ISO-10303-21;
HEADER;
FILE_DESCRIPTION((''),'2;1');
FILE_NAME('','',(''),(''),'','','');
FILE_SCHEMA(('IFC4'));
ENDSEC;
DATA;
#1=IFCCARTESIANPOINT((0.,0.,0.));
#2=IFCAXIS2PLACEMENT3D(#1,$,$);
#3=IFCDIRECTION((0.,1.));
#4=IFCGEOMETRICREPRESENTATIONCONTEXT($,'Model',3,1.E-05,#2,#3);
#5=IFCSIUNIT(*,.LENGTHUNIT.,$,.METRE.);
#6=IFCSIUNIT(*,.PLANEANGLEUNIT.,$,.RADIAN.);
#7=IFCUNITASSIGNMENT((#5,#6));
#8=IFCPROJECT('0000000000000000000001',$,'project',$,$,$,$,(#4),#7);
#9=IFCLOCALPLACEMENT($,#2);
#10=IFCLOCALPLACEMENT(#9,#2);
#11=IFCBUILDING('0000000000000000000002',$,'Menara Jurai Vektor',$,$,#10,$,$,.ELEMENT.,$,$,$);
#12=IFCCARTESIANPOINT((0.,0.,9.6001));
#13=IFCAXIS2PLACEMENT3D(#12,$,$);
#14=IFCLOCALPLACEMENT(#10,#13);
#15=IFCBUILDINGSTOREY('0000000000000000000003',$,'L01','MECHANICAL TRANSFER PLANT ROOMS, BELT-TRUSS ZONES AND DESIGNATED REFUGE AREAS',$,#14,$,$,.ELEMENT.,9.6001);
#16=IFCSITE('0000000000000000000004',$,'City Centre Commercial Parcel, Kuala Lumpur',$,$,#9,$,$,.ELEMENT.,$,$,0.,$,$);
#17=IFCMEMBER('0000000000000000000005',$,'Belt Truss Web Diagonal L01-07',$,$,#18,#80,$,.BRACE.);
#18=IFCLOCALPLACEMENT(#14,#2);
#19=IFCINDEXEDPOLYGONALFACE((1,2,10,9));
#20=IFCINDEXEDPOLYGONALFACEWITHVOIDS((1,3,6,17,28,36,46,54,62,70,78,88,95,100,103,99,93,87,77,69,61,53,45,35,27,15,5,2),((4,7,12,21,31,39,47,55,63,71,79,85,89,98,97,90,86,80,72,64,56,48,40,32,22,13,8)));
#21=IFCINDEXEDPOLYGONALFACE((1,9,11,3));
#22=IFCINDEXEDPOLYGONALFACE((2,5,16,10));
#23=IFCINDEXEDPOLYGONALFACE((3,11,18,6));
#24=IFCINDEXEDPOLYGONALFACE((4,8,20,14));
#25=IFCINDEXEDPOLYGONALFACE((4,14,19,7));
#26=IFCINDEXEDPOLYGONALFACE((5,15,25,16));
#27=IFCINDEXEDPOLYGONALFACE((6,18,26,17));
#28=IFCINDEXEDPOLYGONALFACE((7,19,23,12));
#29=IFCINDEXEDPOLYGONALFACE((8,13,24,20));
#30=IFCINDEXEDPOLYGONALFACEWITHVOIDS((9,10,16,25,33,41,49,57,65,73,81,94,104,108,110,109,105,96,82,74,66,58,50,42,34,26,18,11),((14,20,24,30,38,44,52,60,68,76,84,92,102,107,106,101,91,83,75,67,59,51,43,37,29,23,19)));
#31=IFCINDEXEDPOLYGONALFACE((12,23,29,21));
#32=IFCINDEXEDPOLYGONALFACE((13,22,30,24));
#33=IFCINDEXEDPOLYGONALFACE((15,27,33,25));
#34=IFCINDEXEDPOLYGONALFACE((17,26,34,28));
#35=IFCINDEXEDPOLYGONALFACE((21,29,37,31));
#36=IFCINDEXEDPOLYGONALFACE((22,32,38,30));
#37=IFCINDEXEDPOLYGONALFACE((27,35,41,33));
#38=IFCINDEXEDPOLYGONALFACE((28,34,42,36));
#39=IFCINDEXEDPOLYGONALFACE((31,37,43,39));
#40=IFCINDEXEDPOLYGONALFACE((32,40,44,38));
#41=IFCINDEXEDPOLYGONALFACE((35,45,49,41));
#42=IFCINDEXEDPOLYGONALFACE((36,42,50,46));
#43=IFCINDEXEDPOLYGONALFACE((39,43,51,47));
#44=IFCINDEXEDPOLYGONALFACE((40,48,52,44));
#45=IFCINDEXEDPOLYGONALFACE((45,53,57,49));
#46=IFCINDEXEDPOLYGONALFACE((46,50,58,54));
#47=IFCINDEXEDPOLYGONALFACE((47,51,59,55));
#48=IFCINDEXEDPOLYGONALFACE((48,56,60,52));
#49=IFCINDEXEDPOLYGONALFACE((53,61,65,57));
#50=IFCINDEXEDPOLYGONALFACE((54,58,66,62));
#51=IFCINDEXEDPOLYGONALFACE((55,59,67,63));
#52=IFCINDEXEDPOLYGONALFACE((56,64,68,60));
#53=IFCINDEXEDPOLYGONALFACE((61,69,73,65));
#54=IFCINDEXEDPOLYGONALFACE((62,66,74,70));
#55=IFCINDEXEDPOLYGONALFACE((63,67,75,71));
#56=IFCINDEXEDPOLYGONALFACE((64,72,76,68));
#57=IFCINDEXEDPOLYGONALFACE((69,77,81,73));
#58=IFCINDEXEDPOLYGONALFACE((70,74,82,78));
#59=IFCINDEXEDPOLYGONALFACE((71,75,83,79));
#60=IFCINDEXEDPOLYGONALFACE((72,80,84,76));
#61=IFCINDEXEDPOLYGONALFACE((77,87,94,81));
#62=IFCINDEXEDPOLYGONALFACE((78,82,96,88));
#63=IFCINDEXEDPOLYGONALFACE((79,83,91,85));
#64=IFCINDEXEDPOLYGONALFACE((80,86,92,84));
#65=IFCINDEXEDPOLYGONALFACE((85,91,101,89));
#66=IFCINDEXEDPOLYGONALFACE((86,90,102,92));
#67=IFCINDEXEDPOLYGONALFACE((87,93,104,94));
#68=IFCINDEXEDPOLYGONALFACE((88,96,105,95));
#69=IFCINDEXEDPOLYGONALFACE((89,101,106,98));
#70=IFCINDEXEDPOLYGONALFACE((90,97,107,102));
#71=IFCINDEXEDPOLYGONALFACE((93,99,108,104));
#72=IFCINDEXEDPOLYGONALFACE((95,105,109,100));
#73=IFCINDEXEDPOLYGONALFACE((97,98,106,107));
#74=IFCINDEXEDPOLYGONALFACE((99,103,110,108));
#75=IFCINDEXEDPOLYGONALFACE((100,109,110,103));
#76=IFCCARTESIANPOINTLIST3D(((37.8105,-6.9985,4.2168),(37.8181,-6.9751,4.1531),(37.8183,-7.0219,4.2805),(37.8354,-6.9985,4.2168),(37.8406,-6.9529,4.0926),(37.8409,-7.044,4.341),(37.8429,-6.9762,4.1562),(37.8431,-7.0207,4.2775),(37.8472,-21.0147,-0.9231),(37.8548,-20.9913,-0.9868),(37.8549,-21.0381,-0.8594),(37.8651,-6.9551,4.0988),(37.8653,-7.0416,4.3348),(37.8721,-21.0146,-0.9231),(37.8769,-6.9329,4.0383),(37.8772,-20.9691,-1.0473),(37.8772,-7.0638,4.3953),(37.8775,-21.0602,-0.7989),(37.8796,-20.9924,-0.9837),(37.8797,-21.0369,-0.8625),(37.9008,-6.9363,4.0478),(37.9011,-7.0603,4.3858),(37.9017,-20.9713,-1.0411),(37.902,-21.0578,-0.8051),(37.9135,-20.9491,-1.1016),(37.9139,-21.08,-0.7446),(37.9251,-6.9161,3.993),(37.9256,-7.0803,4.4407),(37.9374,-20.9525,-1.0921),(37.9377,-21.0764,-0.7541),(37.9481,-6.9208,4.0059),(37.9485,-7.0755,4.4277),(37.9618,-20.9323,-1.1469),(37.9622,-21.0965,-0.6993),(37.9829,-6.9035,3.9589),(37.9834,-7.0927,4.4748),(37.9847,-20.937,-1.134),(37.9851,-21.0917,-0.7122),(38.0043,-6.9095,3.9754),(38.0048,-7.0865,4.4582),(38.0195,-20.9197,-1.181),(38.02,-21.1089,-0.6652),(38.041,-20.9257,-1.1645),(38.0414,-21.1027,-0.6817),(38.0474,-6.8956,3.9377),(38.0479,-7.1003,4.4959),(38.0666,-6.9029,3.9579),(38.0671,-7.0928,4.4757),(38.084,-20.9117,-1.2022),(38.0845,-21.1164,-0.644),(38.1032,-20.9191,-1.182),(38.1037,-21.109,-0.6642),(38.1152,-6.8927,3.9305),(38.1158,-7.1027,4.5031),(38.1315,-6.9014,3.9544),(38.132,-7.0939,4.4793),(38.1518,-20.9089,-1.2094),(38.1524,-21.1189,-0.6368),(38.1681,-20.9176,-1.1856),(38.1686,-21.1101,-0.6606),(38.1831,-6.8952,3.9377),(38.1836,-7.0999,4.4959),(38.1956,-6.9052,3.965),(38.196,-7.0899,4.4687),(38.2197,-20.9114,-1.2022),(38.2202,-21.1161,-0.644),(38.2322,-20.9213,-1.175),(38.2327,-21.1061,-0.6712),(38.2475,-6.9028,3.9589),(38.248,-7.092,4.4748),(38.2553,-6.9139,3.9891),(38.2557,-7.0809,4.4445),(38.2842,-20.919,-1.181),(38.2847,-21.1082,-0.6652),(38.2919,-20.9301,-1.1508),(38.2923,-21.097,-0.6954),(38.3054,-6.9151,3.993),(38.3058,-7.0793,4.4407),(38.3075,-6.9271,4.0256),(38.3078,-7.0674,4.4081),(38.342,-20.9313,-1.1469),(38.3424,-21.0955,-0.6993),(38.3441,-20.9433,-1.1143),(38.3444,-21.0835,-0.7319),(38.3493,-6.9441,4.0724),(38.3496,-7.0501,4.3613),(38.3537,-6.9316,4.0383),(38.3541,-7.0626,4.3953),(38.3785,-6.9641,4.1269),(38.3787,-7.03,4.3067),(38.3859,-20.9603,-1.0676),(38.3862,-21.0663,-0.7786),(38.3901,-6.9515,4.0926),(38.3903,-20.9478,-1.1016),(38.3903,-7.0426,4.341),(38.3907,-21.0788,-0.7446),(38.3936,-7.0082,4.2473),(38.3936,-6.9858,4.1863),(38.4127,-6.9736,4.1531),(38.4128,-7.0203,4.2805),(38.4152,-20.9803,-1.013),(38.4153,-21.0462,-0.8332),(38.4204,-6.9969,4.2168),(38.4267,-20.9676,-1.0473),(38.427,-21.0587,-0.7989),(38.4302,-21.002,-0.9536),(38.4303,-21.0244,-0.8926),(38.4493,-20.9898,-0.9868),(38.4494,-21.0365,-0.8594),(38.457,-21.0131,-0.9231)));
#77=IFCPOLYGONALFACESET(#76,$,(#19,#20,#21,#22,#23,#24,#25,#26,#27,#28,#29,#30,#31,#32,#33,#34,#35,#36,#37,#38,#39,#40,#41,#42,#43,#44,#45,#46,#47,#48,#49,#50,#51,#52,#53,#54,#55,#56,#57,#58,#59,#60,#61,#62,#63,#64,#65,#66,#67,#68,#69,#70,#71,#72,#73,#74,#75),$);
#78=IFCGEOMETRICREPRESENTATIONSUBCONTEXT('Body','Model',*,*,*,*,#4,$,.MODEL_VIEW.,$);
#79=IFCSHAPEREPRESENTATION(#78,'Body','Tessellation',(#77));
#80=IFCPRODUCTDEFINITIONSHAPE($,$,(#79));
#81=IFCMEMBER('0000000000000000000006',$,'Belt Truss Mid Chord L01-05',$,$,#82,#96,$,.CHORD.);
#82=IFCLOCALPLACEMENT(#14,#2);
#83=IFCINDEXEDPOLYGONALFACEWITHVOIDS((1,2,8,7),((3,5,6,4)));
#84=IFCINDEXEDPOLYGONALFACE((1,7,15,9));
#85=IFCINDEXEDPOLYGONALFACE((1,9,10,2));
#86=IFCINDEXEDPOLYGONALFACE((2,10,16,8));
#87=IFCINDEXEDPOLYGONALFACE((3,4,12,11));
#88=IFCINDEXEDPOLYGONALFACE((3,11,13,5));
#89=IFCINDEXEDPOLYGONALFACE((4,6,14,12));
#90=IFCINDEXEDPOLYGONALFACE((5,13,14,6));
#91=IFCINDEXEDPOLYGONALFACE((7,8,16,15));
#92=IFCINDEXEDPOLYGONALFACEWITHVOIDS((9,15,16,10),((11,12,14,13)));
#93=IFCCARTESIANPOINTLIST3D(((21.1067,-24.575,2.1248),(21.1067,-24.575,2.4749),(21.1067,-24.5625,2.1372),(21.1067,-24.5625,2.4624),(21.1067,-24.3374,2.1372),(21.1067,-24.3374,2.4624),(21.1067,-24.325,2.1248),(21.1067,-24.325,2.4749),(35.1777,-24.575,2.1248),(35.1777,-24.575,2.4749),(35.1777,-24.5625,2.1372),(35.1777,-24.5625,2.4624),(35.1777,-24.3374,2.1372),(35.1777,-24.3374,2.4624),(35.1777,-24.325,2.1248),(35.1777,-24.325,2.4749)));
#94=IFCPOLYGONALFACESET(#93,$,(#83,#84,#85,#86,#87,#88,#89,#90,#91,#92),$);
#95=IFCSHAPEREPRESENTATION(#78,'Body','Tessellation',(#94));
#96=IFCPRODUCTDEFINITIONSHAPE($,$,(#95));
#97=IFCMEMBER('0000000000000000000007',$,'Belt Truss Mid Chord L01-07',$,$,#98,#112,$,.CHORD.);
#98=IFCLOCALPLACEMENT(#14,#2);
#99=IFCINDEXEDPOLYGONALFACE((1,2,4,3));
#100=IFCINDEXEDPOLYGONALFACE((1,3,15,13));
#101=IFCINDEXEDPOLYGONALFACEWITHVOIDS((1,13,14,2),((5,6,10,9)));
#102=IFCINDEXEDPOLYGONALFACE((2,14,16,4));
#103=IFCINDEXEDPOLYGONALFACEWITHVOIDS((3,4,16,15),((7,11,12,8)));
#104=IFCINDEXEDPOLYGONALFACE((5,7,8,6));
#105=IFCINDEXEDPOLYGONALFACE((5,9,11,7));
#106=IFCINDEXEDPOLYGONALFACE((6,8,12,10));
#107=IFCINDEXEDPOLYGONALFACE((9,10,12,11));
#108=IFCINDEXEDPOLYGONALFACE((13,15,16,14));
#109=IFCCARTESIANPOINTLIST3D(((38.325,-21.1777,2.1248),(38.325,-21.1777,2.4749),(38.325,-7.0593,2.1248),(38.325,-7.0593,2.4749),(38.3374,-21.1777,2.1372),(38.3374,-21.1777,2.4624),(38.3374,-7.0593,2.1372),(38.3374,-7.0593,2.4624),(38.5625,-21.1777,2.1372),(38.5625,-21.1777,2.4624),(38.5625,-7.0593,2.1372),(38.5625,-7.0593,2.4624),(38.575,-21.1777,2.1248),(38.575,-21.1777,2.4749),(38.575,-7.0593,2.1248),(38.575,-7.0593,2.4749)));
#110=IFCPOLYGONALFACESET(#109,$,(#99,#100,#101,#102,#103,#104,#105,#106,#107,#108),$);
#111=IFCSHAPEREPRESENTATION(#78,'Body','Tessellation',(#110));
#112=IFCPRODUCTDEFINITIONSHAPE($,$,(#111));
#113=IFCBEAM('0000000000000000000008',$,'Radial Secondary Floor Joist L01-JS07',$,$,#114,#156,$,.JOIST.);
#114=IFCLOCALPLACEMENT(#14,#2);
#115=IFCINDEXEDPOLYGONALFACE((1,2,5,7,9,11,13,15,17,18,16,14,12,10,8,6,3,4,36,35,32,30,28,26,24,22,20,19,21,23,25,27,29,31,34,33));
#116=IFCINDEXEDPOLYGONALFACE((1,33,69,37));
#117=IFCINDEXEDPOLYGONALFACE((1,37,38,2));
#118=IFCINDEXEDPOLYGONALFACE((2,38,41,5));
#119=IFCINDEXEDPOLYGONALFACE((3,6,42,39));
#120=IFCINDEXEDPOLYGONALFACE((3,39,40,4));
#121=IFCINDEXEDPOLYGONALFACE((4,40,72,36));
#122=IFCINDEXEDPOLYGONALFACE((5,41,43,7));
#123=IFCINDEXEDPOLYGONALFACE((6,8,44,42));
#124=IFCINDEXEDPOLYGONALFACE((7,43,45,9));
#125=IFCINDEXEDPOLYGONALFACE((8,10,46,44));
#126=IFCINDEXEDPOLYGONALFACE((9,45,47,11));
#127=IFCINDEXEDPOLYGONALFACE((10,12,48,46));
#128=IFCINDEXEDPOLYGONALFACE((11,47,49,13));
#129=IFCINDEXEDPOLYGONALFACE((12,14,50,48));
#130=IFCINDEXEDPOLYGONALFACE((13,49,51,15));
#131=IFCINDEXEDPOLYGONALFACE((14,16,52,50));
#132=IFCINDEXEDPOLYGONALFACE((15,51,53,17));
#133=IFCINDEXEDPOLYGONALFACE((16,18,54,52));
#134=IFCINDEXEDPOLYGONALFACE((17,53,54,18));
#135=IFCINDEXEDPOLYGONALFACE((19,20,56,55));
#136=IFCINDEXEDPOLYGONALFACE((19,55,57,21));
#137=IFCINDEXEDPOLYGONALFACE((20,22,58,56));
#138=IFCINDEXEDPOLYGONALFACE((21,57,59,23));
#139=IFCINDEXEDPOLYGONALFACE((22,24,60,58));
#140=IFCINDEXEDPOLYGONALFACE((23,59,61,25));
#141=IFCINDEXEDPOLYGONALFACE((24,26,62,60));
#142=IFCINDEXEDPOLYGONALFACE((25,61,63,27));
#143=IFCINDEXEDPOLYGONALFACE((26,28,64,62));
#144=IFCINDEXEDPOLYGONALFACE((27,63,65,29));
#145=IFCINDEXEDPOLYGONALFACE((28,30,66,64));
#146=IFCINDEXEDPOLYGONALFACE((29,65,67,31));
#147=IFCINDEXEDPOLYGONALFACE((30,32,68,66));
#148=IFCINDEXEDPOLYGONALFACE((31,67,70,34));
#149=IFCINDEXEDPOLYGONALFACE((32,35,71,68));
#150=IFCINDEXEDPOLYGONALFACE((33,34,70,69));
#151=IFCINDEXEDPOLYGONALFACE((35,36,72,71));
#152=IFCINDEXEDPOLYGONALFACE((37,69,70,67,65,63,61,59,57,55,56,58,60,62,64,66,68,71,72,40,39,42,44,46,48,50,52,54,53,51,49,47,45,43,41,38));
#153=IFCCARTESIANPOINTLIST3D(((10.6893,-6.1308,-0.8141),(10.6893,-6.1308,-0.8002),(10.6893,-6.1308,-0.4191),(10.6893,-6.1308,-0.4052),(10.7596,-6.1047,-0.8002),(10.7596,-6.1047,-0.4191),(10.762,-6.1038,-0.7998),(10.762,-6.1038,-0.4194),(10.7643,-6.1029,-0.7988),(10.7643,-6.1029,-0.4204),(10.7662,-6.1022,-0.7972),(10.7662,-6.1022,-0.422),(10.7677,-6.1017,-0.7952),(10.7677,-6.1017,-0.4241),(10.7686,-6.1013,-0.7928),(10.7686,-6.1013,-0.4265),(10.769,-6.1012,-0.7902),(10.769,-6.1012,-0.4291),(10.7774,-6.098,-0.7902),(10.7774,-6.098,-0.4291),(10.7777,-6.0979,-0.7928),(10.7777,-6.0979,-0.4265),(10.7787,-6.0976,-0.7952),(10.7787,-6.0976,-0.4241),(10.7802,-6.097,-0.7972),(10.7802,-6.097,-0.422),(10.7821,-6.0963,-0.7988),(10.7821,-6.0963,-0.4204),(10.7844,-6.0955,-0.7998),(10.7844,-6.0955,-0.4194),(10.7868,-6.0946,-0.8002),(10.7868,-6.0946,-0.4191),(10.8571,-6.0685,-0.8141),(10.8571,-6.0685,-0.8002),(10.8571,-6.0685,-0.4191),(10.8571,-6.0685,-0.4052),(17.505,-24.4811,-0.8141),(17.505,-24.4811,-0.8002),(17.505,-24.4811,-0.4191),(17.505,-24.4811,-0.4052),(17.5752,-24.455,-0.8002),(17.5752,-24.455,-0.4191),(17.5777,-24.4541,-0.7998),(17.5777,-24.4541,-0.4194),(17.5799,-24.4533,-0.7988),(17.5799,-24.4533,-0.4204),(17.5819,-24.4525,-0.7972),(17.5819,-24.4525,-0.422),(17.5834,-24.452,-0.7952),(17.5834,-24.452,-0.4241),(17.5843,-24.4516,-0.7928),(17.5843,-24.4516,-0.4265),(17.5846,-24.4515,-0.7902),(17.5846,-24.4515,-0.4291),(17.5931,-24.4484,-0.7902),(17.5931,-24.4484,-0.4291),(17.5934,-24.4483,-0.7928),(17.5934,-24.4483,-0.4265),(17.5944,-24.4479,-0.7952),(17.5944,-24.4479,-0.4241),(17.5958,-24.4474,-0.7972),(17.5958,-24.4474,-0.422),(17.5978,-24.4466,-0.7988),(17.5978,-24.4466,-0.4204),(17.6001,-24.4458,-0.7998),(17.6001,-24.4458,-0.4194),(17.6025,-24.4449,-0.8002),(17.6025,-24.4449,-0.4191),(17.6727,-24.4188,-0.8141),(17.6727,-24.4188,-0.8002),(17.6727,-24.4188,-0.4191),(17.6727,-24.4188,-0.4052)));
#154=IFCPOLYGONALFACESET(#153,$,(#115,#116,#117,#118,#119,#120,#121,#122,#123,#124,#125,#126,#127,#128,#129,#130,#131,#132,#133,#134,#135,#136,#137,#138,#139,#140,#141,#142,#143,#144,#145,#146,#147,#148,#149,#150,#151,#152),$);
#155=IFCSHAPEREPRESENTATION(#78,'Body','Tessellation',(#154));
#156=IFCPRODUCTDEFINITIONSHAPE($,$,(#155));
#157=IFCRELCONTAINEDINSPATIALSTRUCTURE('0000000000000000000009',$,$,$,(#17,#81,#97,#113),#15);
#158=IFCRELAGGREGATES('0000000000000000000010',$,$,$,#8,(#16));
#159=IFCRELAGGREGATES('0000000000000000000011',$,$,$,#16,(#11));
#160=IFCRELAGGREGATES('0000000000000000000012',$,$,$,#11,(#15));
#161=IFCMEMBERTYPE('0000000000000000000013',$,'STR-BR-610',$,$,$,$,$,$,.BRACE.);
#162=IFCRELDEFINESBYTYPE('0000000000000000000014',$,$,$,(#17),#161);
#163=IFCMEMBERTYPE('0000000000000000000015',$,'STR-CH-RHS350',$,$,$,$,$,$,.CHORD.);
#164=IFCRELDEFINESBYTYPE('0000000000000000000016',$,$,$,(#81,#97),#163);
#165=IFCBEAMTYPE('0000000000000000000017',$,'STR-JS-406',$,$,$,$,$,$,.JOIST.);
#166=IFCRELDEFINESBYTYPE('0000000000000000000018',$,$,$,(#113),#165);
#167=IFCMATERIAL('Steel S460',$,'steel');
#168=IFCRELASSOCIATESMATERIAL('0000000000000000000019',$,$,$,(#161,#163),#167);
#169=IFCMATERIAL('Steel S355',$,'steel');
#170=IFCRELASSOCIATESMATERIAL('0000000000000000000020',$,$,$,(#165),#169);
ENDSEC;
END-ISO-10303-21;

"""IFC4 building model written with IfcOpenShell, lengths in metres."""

from ifc_helpers import new_model, si_unit, direction, frame, origin, origin_2d, place, context, subcontext, project, spatial, hollow_rectangle, hollow_circle, i_section, extrude, material, material_profile, profile_set, type_object, element, save


model = new_model("IFC4")

# Units and contexts
model_context = context("Model", 3, precision=1e-05, world=origin(), true_north=direction((0.0, 1.0)))
body_context = subcontext(model_context, "Body", "Model", "MODEL_VIEW")
ifc_project = project(units=[si_unit("LENGTHUNIT", "METRE"), si_unit("PLANEANGLEUNIT", "RADIAN")], contexts=[model_context])

# Site, building, storey
site_placement = place(None, origin())
site = spatial("IfcSite", under=ifc_project, at=site_placement, Name="City Centre Commercial Parcel, Kuala Lumpur", CompositionType="ELEMENT", RefElevation=0.0)
building_placement = place(site_placement, origin())
building = spatial("IfcBuilding", under=site, at=building_placement, Name="Menara Jurai Vektor", CompositionType="ELEMENT")
storey_placement = place(building_placement, frame((0.0, 0.0, 9.6001)))
storey = spatial("IfcBuildingStorey", under=building, at=storey_placement, Name="L01", Description="MECHANICAL TRANSFER PLANT ROOMS, BELT-TRUSS ZONES AND DESIGNATED REFUGE AREAS", CompositionType="ELEMENT", Elevation=9.6001)

# Shared definitions
ifc_material_1 = material(Name="Steel S460", Category="steel")

# Members
ifc_material_profile_1 = material_profile(ifc_material_1, hollow_circle(Radius=0.3049, WallThickness=0.0249, at=origin_2d()), Name="CHS 610x25")
ifc_profile_set_1 = profile_set([ifc_material_profile_1], Name="Steel S460")
member_type_1 = type_object("IfcMemberType", Name="STR-BR-610", PredefinedType="BRACE", material=ifc_profile_set_1)
member_1_placement = place(storey_placement, frame((38.1521, -21.0139, -0.9231), z_axis=(-0.002453, 0.938859, 0.344292), x_axis=(-0.999997, -0.002613, 0.0)))
element("IfcMember", 1, at=member_1_placement, inside=storey, type_object=member_type_1, Name="Belt Truss Web Diagonal L01-07", PredefinedType="BRACE", context=body_context, shape_type="SweptSolid", body=[
    extrude(hollow_circle(Radius=0.3049, WallThickness=0.0249, at=origin_2d()), origin(), (0.0, 0.0, 1.0), 14.929),
])
ifc_material_profile_2 = material_profile(ifc_material_1, hollow_rectangle(XDim=0.25, YDim=0.3501, WallThickness=0.0125, at=origin_2d()), Name="RHS 350x250x12.5")
ifc_profile_set_2 = profile_set([ifc_material_profile_2], Name="Steel S460")
member_type_2 = type_object("IfcMemberType", Name="STR-CH-RHS350", PredefinedType="CHORD", material=ifc_profile_set_2)
member_2_placement = place(storey_placement, frame((21.1067, -24.45, 2.2998), z_axis=(1.0, 0.0, 0.0), x_axis=(0.0, 1.0, 0.0)))
element("IfcMember", 2, at=member_2_placement, inside=storey, type_object=member_type_2, Name="Belt Truss Mid Chord L01-05", PredefinedType="CHORD", context=body_context, shape_type="SweptSolid", body=[
    extrude(hollow_rectangle(XDim=0.25, YDim=0.3501, WallThickness=0.0125, at=origin_2d()), origin(), (0.0, 0.0, 1.0), 14.071),
])
member_3_placement = place(storey_placement, frame((38.45, -21.1777, 2.2998), z_axis=(0.0, 1.0, 0.0), x_axis=(-1.0, 0.0, 0.0)))
element("IfcMember", 3, at=member_3_placement, inside=storey, type_object=member_type_2, Name="Belt Truss Mid Chord L01-07", PredefinedType="CHORD", context=body_context, shape_type="SweptSolid", body=[
    extrude(hollow_rectangle(XDim=0.25, YDim=0.3501, WallThickness=0.0125, at=origin_2d()), origin(), (0.0, 0.0, 1.0), 14.1184),
])

# Beam
ifc_material_2 = material(Name="Steel S355", Category="steel")
ifc_material_profile_3 = material_profile(ifc_material_2, i_section(OverallWidth=0.179, OverallDepth=0.4089, WebThickness=0.009, FlangeThickness=0.0139, FilletRadius=0.01, at=origin_2d()), Name="UKB 406x178x67")
ifc_profile_set_3 = profile_set([ifc_material_profile_3], Name="Steel S355")
beam_type_1 = type_object("IfcBeamType", Name="STR-JS-406", PredefinedType="JOIST", material=ifc_profile_set_3)
beam_1_placement = place(storey_placement, frame((17.5889, -24.45, -0.6096), z_axis=(-0.348179, 0.937428, 0.0), x_axis=(-0.937428, -0.348179, 0.0)))
element("IfcBeam", 4, at=beam_1_placement, inside=storey, type_object=beam_type_1, Name="Radial Secondary Floor Joist L01-JS07", PredefinedType="JOIST", context=body_context, shape_type="SweptSolid", body=[
    extrude(i_section(OverallWidth=0.179, OverallDepth=0.4089, WebThickness=0.009, FlangeThickness=0.0139, FilletRadius=0.01, at=origin_2d()), origin(), (0.0, 0.0, 1.0), 19.5752),
])

save(model, "model.ifc")
